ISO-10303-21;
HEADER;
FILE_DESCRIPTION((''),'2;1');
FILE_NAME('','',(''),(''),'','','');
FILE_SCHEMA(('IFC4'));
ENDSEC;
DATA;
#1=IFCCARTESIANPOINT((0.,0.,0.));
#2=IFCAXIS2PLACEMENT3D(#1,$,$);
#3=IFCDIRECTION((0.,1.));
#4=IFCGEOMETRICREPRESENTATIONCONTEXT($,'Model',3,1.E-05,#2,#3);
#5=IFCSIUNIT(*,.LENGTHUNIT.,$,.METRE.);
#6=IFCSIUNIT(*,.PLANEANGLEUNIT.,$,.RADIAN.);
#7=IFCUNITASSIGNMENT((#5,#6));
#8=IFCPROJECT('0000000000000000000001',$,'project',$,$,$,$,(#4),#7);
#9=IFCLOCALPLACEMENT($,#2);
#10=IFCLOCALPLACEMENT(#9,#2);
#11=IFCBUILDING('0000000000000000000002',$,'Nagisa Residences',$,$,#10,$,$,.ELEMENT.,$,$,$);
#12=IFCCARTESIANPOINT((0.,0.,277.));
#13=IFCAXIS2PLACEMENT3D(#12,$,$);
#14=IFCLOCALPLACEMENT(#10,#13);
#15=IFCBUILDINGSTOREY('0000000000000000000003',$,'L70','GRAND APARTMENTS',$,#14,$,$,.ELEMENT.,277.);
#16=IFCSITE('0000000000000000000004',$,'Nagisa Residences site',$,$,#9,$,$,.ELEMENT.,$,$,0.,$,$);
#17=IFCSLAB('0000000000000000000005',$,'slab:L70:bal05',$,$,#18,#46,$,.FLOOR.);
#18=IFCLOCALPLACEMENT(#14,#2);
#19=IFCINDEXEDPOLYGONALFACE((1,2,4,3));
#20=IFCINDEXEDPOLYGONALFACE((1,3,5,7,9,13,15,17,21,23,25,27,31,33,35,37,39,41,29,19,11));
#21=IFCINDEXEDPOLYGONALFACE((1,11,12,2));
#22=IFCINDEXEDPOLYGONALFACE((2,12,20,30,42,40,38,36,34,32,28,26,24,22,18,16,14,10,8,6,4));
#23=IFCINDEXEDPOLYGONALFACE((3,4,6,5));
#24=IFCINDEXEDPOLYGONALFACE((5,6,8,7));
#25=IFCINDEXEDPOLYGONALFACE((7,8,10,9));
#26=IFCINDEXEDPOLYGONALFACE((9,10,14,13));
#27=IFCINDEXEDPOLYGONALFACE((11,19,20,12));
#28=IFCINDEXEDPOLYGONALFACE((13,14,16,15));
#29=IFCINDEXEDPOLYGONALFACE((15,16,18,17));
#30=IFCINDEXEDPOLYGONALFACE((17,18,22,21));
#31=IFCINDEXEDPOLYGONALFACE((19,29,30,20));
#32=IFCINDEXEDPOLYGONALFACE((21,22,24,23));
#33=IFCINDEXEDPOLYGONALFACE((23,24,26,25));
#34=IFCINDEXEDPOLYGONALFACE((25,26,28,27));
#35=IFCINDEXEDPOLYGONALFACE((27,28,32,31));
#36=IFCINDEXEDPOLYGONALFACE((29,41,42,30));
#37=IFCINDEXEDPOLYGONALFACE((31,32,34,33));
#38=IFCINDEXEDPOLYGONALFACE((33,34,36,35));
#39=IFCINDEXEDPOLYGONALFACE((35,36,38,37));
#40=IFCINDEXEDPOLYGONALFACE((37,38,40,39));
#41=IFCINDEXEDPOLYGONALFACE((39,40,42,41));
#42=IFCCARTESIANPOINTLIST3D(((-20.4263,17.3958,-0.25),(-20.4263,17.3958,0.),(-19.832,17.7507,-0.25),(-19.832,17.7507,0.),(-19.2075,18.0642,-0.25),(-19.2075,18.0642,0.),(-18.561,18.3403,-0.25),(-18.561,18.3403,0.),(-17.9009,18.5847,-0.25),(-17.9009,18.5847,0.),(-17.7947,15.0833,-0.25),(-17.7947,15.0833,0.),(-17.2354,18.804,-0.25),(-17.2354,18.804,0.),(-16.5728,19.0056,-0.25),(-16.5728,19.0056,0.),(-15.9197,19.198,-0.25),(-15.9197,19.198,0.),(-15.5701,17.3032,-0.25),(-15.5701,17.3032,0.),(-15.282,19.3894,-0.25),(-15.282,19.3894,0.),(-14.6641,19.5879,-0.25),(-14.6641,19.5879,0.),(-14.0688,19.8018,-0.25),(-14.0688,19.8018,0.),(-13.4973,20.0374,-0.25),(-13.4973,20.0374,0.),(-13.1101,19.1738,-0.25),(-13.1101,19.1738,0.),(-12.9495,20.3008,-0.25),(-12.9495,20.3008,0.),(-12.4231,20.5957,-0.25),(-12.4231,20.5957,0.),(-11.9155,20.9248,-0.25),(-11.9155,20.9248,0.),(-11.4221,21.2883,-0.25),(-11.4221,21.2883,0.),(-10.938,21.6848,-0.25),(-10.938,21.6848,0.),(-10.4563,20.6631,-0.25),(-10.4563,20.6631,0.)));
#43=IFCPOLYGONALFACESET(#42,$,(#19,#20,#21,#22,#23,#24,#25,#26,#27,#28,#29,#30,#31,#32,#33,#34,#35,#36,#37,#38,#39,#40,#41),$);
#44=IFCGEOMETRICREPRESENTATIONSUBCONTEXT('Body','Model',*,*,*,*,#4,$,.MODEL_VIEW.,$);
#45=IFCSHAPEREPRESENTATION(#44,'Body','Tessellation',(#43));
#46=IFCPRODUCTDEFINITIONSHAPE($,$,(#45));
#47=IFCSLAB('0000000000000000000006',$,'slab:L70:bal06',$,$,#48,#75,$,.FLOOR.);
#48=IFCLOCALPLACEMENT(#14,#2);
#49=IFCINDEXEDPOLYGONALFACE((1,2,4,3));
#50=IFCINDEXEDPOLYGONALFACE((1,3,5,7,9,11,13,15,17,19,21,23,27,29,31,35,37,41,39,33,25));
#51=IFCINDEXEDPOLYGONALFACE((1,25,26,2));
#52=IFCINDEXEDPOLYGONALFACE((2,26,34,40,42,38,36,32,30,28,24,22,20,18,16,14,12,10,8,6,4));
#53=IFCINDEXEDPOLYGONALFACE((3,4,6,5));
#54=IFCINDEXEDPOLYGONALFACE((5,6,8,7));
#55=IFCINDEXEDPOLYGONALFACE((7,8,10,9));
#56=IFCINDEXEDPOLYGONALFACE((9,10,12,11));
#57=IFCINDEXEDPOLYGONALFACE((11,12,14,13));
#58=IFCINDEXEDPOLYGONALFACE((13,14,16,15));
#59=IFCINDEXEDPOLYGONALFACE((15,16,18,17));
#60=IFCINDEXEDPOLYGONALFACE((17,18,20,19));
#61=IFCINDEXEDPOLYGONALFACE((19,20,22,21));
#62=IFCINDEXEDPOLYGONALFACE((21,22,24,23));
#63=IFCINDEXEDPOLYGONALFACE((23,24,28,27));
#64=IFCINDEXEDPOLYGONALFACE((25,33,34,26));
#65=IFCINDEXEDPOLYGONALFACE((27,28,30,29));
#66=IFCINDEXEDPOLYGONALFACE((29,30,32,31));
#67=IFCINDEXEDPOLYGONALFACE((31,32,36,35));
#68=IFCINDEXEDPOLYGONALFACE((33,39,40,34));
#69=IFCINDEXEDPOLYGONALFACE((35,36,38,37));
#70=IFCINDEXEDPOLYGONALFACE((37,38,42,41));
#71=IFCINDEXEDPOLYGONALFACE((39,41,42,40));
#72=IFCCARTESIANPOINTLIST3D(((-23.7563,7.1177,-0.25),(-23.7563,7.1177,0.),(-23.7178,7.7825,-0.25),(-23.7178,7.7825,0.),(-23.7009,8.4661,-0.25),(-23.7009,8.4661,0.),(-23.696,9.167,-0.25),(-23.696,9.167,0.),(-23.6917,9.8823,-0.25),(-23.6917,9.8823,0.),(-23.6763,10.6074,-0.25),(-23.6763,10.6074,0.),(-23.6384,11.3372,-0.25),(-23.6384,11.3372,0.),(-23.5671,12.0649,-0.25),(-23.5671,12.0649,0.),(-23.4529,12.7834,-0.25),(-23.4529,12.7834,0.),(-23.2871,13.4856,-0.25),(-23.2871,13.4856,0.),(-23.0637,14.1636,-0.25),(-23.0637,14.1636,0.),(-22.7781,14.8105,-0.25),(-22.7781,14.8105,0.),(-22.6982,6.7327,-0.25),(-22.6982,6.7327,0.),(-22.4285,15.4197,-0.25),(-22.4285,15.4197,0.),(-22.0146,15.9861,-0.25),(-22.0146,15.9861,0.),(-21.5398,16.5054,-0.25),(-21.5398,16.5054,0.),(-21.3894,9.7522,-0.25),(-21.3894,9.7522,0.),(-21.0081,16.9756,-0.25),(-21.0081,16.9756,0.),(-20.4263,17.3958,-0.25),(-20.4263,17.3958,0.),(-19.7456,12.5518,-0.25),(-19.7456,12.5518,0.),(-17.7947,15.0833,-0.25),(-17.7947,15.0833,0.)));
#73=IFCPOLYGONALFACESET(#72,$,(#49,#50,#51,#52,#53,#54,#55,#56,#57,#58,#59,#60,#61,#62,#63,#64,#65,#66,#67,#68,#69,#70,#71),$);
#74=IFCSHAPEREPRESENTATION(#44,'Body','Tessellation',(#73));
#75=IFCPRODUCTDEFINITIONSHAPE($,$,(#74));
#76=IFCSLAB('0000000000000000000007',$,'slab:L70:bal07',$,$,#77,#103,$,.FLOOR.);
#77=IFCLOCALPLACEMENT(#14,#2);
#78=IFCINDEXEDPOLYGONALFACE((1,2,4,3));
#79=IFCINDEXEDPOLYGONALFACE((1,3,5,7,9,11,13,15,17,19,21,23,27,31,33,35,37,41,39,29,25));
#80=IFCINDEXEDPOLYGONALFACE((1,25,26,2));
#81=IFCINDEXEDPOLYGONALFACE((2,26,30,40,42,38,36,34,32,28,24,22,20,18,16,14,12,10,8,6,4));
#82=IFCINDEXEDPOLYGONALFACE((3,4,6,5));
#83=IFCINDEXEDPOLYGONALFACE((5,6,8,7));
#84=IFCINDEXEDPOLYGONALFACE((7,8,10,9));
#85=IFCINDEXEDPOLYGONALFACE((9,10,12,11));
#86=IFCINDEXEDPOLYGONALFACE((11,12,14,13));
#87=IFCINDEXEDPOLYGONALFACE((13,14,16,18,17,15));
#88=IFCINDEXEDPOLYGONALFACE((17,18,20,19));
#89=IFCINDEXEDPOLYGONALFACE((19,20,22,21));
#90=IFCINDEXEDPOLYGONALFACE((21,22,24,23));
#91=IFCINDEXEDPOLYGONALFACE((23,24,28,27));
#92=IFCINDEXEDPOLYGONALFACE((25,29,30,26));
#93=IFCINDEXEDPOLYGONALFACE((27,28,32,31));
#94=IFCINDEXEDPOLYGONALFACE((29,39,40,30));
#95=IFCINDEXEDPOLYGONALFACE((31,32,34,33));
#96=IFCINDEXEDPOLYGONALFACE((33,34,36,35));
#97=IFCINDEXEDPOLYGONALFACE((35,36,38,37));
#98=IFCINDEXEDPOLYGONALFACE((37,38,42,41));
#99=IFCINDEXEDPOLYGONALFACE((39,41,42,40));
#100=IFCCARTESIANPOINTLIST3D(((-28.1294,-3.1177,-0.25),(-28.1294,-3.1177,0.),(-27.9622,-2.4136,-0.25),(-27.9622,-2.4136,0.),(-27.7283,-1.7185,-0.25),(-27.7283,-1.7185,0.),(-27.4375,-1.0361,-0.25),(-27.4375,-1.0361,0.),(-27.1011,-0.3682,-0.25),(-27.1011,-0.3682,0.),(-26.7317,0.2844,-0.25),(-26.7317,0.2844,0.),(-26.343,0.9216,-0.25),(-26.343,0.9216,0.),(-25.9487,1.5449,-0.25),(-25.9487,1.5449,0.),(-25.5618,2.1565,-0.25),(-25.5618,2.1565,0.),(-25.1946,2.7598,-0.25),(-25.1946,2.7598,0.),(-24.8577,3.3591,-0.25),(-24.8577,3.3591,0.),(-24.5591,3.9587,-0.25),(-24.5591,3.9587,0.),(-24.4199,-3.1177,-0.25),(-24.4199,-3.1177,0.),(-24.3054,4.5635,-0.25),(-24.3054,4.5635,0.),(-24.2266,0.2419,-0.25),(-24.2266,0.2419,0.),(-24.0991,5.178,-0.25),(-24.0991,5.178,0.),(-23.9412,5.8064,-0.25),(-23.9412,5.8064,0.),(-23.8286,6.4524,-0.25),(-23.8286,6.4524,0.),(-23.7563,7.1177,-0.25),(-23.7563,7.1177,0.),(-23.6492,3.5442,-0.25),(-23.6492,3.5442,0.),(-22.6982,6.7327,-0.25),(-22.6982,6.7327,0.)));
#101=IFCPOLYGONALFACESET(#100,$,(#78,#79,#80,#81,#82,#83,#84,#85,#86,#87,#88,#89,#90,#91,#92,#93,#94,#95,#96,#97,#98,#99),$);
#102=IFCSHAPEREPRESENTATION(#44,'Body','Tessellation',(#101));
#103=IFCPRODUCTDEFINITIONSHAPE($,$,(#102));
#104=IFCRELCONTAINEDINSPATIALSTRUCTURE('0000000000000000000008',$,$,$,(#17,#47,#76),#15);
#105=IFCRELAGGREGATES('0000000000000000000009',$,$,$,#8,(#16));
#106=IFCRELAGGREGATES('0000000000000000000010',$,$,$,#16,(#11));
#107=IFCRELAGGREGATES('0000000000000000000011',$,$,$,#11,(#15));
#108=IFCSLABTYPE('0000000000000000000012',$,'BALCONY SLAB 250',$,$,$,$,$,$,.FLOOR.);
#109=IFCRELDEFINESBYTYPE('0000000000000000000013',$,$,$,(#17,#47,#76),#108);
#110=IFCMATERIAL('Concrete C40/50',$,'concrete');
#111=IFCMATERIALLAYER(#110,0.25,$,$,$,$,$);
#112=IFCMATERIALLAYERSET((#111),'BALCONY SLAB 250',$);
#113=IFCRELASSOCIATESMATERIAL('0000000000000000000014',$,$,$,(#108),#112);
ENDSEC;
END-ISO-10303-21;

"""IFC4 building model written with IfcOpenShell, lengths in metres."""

from ifc_helpers import new_model, si_unit, direction, frame, origin, place, context, subcontext, project, spatial, polyline, outline, extrude, material, layer, layer_set, type_object, element, save


model = new_model("IFC4")

# Units and contexts
model_context = context("Model", 3, precision=1e-05, world=origin(), true_north=direction((0.0, 1.0)))
body_context = subcontext(model_context, "Body", "Model", "MODEL_VIEW")
ifc_project = project(units=[si_unit("LENGTHUNIT", "METRE"), si_unit("PLANEANGLEUNIT", "RADIAN")], contexts=[model_context])

# Site, building, storey
site_placement = place(None, origin())
site = spatial("IfcSite", under=ifc_project, at=site_placement, Name="Nagisa Residences site", CompositionType="ELEMENT", RefElevation=0.0)
building_placement = place(site_placement, origin())
building = spatial("IfcBuilding", under=site, at=building_placement, Name="Nagisa Residences", CompositionType="ELEMENT")
storey_placement = place(building_placement, frame((0.0, 0.0, 277.0)))
storey = spatial("IfcBuildingStorey", under=building, at=storey_placement, Name="L70", Description="GRAND APARTMENTS", CompositionType="ELEMENT", Elevation=277.0)

# Slabs
ifc_material_1 = material(Name="Concrete C40/50", Category="concrete")
ifc_layer_1 = layer(ifc_material_1, 0.25)
ifc_layer_set_1 = layer_set([ifc_layer_1], Name="BALCONY SLAB 250")
slab_type_1 = type_object("IfcSlabType", Name="BALCONY SLAB 250", PredefinedType="FLOOR", material=ifc_layer_set_1)
slab_1_placement = place(storey_placement, frame((0.0, 0.0, -0.25)))
element("IfcSlab", 1, at=slab_1_placement, inside=storey, type_object=slab_type_1, Name="slab:L70:bal05", PredefinedType="FLOOR", context=body_context, shape_type="SweptSolid", body=[
    extrude(outline(polyline([(-10.938, 21.6848), (-11.4221, 21.2883), (-11.9155, 20.9248), (-12.4231, 20.5957), (-12.9495, 20.3008), (-13.4973, 20.0374), (-14.0688, 19.8018), (-14.6641, 19.5879), (-15.282, 19.3894), (-15.9197, 19.198), (-16.5728, 19.0056), (-17.2354, 18.804), (-17.9009, 18.5847), (-18.561, 18.3403), (-19.2075, 18.0642), (-19.832, 17.7507), (-20.4263, 17.3958), (-17.7947, 15.0833), (-15.5701, 17.3032), (-13.1101, 19.1738), (-10.4563, 20.6631), (-10.938, 21.6848)])), origin(), (0.0, 0.0, 1.0), 0.25),
])
slab_2_placement = place(storey_placement, frame((0.0, 0.0, -0.25)))
element("IfcSlab", 2, at=slab_2_placement, inside=storey, type_object=slab_type_1, Name="slab:L70:bal06", PredefinedType="FLOOR", context=body_context, shape_type="SweptSolid", body=[
    extrude(outline(polyline([(-20.4263, 17.3958), (-21.0081, 16.9756), (-21.5398, 16.5054), (-22.0146, 15.9861), (-22.4285, 15.4197), (-22.7781, 14.8105), (-23.0637, 14.1636), (-23.2871, 13.4856), (-23.4529, 12.7834), (-23.5671, 12.0649), (-23.6384, 11.3372), (-23.6763, 10.6074), (-23.6917, 9.8823), (-23.696, 9.167), (-23.7009, 8.4661), (-23.7178, 7.7825), (-23.7563, 7.1177), (-22.6982, 6.7327), (-21.3894, 9.7522), (-19.7456, 12.5518), (-17.7947, 15.0833), (-20.4263, 17.3958)])), origin(), (0.0, 0.0, 1.0), 0.25),
])
slab_3_placement = place(storey_placement, frame((0.0, 0.0, -0.25)))
element("IfcSlab", 3, at=slab_3_placement, inside=storey, type_object=slab_type_1, Name="slab:L70:bal07", PredefinedType="FLOOR", context=body_context, shape_type="SweptSolid", body=[
    extrude(outline(polyline([(-23.7563, 7.1177), (-23.8286, 6.4524), (-23.9412, 5.8064), (-24.0991, 5.178), (-24.3054, 4.5635), (-24.5591, 3.9587), (-24.8577, 3.3591), (-25.1946, 2.7598), (-25.5618, 2.1565), (-25.9487, 1.5449), (-26.343, 0.9216), (-26.7317, 0.2844), (-27.1011, -0.3682), (-27.4375, -1.0361), (-27.7283, -1.7185), (-27.9622, -2.4136), (-28.1294, -3.1177), (-24.4199, -3.1177), (-24.2266, 0.2419), (-23.6492, 3.5442), (-22.6982, 6.7327), (-23.7563, 7.1177)])), origin(), (0.0, 0.0, 1.0), 0.25),
])

save(model, "model.ifc")
